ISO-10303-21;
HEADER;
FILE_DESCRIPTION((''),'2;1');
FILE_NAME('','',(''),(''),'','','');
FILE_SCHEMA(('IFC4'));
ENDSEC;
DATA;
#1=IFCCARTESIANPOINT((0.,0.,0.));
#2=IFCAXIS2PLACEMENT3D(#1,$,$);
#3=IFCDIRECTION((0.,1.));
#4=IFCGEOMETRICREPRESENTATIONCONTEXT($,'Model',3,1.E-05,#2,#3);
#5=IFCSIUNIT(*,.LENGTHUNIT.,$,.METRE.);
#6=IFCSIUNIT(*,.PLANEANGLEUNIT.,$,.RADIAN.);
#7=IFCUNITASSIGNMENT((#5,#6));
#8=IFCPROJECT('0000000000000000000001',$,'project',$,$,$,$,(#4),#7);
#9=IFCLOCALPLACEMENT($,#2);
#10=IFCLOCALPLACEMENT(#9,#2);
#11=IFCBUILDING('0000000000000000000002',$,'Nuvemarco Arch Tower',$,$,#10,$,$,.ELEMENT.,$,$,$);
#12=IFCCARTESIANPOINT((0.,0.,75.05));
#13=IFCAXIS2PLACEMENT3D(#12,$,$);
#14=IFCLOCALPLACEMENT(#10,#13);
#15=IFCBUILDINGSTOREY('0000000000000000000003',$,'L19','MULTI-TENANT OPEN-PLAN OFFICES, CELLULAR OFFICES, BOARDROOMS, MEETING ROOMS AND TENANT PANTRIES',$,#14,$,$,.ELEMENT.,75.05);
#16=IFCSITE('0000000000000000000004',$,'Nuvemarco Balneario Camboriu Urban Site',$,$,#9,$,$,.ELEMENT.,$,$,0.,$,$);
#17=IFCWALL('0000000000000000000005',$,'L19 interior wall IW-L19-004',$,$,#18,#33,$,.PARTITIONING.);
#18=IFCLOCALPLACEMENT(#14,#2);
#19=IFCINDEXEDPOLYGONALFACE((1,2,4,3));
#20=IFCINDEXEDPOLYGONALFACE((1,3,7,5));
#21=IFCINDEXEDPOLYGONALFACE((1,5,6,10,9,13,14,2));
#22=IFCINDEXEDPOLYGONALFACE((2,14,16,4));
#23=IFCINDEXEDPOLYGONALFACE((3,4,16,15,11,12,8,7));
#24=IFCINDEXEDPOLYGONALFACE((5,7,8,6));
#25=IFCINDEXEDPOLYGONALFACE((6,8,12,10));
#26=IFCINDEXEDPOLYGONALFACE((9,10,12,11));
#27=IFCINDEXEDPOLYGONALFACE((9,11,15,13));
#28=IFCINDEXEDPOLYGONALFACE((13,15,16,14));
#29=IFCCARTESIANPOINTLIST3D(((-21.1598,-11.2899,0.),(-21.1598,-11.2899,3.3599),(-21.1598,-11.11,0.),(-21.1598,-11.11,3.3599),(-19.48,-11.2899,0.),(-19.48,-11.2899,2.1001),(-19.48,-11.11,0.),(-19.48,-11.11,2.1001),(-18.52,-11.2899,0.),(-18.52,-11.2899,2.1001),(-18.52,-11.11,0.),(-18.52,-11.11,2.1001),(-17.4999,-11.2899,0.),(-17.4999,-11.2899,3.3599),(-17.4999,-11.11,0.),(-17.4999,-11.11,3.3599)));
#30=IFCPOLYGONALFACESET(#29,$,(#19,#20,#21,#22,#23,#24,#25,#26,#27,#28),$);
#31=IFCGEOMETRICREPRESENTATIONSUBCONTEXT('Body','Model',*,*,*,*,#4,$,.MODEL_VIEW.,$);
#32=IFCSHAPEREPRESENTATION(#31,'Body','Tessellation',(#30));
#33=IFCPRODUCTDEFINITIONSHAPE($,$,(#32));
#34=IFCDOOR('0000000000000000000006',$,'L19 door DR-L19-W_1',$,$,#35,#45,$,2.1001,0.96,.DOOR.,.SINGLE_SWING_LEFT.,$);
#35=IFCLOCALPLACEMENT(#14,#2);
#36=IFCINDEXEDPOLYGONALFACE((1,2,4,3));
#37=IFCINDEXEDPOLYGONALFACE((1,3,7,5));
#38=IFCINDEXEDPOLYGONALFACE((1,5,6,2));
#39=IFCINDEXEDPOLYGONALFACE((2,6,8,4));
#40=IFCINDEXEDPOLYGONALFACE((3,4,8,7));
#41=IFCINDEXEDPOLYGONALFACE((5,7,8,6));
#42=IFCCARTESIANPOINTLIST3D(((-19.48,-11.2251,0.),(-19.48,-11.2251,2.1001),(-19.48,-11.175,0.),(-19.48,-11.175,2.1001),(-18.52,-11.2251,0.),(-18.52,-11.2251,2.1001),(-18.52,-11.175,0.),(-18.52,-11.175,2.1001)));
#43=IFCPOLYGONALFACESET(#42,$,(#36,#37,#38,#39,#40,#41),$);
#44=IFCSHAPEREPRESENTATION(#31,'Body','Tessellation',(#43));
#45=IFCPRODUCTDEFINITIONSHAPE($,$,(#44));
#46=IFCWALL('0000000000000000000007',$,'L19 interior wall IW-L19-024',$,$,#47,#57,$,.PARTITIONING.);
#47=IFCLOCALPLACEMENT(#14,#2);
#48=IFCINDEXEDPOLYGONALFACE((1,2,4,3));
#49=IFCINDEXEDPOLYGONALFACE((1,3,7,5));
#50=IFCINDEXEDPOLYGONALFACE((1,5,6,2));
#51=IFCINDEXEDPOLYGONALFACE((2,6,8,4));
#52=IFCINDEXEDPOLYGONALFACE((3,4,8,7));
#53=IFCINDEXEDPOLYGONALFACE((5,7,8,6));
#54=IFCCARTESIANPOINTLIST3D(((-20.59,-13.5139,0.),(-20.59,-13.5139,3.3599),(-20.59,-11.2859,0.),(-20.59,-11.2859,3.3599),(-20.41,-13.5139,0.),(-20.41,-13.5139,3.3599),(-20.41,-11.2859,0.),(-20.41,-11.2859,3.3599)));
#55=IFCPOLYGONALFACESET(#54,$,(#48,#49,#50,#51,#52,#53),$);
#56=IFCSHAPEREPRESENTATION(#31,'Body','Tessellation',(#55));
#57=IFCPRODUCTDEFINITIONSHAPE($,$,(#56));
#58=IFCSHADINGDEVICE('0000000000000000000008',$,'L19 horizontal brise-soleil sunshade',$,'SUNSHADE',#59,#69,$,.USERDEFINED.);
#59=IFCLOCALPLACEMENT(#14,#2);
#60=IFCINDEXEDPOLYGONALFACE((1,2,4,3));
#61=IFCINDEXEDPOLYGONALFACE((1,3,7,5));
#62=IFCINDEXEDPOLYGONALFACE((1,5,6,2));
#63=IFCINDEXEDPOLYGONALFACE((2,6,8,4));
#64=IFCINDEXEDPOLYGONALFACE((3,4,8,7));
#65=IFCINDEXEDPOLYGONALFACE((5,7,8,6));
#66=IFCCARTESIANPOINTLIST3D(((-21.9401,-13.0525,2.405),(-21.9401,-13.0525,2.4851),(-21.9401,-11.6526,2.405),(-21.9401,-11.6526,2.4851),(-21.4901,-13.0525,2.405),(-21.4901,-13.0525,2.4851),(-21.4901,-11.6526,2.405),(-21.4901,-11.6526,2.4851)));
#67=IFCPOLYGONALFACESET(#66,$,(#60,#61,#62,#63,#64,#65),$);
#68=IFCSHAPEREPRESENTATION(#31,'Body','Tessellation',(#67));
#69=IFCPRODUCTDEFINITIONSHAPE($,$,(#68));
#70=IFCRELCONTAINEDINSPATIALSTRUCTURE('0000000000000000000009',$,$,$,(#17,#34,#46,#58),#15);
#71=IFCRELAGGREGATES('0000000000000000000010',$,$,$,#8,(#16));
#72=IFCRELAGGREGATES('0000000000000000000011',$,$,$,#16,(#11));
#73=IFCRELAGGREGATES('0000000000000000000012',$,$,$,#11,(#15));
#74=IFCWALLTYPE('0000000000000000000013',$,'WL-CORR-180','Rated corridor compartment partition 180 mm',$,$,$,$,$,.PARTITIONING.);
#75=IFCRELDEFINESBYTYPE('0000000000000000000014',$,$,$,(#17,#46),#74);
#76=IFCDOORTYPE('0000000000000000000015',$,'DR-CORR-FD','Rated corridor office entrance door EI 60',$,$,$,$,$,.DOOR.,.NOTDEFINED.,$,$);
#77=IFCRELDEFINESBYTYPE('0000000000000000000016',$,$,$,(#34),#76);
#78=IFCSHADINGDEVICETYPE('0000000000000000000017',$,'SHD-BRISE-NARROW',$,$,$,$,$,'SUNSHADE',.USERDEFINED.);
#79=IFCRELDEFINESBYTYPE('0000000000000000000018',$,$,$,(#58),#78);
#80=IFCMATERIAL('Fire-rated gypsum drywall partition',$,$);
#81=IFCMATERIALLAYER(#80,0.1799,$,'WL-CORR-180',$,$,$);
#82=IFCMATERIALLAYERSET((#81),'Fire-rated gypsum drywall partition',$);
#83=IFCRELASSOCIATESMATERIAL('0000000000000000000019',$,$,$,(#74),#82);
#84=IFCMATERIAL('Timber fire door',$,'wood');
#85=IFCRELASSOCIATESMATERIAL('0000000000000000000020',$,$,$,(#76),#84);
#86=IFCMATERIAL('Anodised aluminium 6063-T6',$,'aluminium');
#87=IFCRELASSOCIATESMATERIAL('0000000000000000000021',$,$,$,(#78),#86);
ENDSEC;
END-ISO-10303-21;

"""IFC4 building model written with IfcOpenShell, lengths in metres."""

from ifc_helpers import new_model, si_unit, direction, frame, frame_2d, origin, origin_2d, place, context, subcontext, project, spatial, rectangle, extrude, source, transform, mapped, material, layer, layer_set, type_object, type_shapes, element, fill, save


model = new_model("IFC4")

# Units and contexts
model_context = context("Model", 3, precision=1e-05, world=origin(), true_north=direction((0.0, 1.0)))
body_context = subcontext(model_context, "Body", "Model", "MODEL_VIEW")
ifc_project = project(units=[si_unit("LENGTHUNIT", "METRE"), si_unit("PLANEANGLEUNIT", "RADIAN")], contexts=[model_context])

# Site, building, storey
site_placement = place(None, origin())
site = spatial("IfcSite", under=ifc_project, at=site_placement, Name="Nuvemarco Balneario Camboriu Urban Site", CompositionType="ELEMENT", RefElevation=0.0)
building_placement = place(site_placement, origin())
building = spatial("IfcBuilding", under=site, at=building_placement, Name="Nuvemarco Arch Tower", CompositionType="ELEMENT")
storey_placement = place(building_placement, frame((0.0, 0.0, 75.05)))
storey = spatial("IfcBuildingStorey", under=building, at=storey_placement, Name="L19", Description="MULTI-TENANT OPEN-PLAN OFFICES, CELLULAR OFFICES, BOARDROOMS, MEETING ROOMS AND TENANT PANTRIES", CompositionType="ELEMENT", Elevation=75.05)

# Wall, opening, door
ifc_material_1 = material(Name="Fire-rated gypsum drywall partition")
ifc_layer = layer(ifc_material_1, 0.1799, Name="WL-CORR-180")
ifc_layer_set = layer_set([ifc_layer], Name="Fire-rated gypsum drywall partition")
wall_type = type_object("IfcWallType", Name="WL-CORR-180", Description="Rated corridor compartment partition 180 mm", PredefinedType="PARTITIONING", material=ifc_layer_set)
ifc_material_2 = material(Name="Timber fire door", Category="wood")
door_type = type_object("IfcDoorType", Name="DR-CORR-FD", Description="Rated corridor office entrance door EI 60", OperationType="NOTDEFINED", PredefinedType="DOOR", material=ifc_material_2)
shared_shape_1 = source(origin(), body_context, "Body", "SweptSolid", [
    extrude(rectangle(XDim=0.96, YDim=2.1001, at=frame_2d((0.48, 1.05))), frame((0.0, 0.0249, 0.0), z_axis=(0.0, -1.0, 0.0), x_axis=(1.0, 0.0, 0.0)), (0.0, 0.0, 1.0), 0.05),
])
type_shapes(door_type, [shared_shape_1])
wall_1_placement = place(storey_placement, frame((-21.1599, -11.2, 0.0), z_axis=(0.0, 0.0, 1.0), x_axis=(1.0, 0.0, 0.0)))
wall_1 = element("IfcWall", 1, at=wall_1_placement, inside=storey, type_object=wall_type, Name="L19 interior wall IW-L19-004", PredefinedType="PARTITIONING", context=body_context, shape_type="SweptSolid", body=[
    extrude(rectangle(XDim=3.6599, YDim=0.1799, at=frame_2d((1.8301, 0.0))), origin(), (0.0, 0.0, 1.0), 3.3599),
])
opening_1_placement = place(wall_1_placement, frame((1.6799, 0.0, 0.0)))
opening_1 = element("IfcOpeningElement", 2, at=opening_1_placement, cuts=wall_1, PredefinedType="OPENING", context=body_context, shape_type="SweptSolid", body=[
    extrude(rectangle(XDim=0.96, YDim=2.1001, at=frame_2d((0.48, 1.05))), frame((0.0, 0.0999, 0.0), z_axis=(0.0, -1.0, 0.0), x_axis=(1.0, 0.0, 0.0)), (0.0, 0.0, 1.0), 0.2),
])
door_1_placement = place(opening_1_placement, origin())
door_1 = element("IfcDoor", 3, at=door_1_placement, inside=storey, type_object=door_type, Name="L19 door DR-L19-W_1", OperationType="SINGLE_SWING_LEFT", OverallHeight=2.1001, OverallWidth=0.96, PredefinedType="DOOR", context=body_context, shape_type="MappedRepresentation", body=[
    mapped(shared_shape_1, transform((0.0, 0.0, 0.0), scale=1.0)),
])
fill(opening_1, door_1)

# Wall
wall_2_placement = place(storey_placement, frame((-20.5, -13.5139, 0.0), z_axis=(0.0, 0.0, 1.0), x_axis=(0.0, 1.0, 0.0)))
element("IfcWall", 4, at=wall_2_placement, inside=storey, type_object=wall_type, Name="L19 interior wall IW-L19-024", PredefinedType="PARTITIONING", context=body_context, shape_type="SweptSolid", body=[
    extrude(rectangle(XDim=2.228, YDim=0.1799, at=frame_2d((1.114, 0.0))), origin(), (0.0, 0.0, 1.0), 3.3599),
])

# Shading device
ifc_material_3 = material(Name="Anodised aluminium 6063-T6", Category="aluminium")
shading_device_type = type_object("IfcShadingDeviceType", Name="SHD-BRISE-NARROW", ElementType="SUNSHADE", PredefinedType="USERDEFINED", material=ifc_material_3)
shared_shape_2 = source(origin(), body_context, "Body", "SweptSolid", [
    extrude(rectangle(XDim=1.3999, YDim=0.45, at=origin_2d()), origin(), (0.0, 0.0, 1.0), 0.0801),
])
type_shapes(shading_device_type, [shared_shape_2])
shading_device_placement = place(storey_placement, frame((-21.7151, -12.3525, 2.405), z_axis=(0.0, 0.0, 1.0), x_axis=(0.0, 1.0, 0.0)))
element("IfcShadingDevice", 5, at=shading_device_placement, inside=storey, type_object=shading_device_type, Name="L19 horizontal brise-soleil sunshade", ObjectType="SUNSHADE", PredefinedType="USERDEFINED", context=body_context, shape_type="MappedRepresentation", body=[
    mapped(shared_shape_2, transform((0.0, 0.0, 0.0), scale=1.0)),
])

save(model, "model.ifc")
